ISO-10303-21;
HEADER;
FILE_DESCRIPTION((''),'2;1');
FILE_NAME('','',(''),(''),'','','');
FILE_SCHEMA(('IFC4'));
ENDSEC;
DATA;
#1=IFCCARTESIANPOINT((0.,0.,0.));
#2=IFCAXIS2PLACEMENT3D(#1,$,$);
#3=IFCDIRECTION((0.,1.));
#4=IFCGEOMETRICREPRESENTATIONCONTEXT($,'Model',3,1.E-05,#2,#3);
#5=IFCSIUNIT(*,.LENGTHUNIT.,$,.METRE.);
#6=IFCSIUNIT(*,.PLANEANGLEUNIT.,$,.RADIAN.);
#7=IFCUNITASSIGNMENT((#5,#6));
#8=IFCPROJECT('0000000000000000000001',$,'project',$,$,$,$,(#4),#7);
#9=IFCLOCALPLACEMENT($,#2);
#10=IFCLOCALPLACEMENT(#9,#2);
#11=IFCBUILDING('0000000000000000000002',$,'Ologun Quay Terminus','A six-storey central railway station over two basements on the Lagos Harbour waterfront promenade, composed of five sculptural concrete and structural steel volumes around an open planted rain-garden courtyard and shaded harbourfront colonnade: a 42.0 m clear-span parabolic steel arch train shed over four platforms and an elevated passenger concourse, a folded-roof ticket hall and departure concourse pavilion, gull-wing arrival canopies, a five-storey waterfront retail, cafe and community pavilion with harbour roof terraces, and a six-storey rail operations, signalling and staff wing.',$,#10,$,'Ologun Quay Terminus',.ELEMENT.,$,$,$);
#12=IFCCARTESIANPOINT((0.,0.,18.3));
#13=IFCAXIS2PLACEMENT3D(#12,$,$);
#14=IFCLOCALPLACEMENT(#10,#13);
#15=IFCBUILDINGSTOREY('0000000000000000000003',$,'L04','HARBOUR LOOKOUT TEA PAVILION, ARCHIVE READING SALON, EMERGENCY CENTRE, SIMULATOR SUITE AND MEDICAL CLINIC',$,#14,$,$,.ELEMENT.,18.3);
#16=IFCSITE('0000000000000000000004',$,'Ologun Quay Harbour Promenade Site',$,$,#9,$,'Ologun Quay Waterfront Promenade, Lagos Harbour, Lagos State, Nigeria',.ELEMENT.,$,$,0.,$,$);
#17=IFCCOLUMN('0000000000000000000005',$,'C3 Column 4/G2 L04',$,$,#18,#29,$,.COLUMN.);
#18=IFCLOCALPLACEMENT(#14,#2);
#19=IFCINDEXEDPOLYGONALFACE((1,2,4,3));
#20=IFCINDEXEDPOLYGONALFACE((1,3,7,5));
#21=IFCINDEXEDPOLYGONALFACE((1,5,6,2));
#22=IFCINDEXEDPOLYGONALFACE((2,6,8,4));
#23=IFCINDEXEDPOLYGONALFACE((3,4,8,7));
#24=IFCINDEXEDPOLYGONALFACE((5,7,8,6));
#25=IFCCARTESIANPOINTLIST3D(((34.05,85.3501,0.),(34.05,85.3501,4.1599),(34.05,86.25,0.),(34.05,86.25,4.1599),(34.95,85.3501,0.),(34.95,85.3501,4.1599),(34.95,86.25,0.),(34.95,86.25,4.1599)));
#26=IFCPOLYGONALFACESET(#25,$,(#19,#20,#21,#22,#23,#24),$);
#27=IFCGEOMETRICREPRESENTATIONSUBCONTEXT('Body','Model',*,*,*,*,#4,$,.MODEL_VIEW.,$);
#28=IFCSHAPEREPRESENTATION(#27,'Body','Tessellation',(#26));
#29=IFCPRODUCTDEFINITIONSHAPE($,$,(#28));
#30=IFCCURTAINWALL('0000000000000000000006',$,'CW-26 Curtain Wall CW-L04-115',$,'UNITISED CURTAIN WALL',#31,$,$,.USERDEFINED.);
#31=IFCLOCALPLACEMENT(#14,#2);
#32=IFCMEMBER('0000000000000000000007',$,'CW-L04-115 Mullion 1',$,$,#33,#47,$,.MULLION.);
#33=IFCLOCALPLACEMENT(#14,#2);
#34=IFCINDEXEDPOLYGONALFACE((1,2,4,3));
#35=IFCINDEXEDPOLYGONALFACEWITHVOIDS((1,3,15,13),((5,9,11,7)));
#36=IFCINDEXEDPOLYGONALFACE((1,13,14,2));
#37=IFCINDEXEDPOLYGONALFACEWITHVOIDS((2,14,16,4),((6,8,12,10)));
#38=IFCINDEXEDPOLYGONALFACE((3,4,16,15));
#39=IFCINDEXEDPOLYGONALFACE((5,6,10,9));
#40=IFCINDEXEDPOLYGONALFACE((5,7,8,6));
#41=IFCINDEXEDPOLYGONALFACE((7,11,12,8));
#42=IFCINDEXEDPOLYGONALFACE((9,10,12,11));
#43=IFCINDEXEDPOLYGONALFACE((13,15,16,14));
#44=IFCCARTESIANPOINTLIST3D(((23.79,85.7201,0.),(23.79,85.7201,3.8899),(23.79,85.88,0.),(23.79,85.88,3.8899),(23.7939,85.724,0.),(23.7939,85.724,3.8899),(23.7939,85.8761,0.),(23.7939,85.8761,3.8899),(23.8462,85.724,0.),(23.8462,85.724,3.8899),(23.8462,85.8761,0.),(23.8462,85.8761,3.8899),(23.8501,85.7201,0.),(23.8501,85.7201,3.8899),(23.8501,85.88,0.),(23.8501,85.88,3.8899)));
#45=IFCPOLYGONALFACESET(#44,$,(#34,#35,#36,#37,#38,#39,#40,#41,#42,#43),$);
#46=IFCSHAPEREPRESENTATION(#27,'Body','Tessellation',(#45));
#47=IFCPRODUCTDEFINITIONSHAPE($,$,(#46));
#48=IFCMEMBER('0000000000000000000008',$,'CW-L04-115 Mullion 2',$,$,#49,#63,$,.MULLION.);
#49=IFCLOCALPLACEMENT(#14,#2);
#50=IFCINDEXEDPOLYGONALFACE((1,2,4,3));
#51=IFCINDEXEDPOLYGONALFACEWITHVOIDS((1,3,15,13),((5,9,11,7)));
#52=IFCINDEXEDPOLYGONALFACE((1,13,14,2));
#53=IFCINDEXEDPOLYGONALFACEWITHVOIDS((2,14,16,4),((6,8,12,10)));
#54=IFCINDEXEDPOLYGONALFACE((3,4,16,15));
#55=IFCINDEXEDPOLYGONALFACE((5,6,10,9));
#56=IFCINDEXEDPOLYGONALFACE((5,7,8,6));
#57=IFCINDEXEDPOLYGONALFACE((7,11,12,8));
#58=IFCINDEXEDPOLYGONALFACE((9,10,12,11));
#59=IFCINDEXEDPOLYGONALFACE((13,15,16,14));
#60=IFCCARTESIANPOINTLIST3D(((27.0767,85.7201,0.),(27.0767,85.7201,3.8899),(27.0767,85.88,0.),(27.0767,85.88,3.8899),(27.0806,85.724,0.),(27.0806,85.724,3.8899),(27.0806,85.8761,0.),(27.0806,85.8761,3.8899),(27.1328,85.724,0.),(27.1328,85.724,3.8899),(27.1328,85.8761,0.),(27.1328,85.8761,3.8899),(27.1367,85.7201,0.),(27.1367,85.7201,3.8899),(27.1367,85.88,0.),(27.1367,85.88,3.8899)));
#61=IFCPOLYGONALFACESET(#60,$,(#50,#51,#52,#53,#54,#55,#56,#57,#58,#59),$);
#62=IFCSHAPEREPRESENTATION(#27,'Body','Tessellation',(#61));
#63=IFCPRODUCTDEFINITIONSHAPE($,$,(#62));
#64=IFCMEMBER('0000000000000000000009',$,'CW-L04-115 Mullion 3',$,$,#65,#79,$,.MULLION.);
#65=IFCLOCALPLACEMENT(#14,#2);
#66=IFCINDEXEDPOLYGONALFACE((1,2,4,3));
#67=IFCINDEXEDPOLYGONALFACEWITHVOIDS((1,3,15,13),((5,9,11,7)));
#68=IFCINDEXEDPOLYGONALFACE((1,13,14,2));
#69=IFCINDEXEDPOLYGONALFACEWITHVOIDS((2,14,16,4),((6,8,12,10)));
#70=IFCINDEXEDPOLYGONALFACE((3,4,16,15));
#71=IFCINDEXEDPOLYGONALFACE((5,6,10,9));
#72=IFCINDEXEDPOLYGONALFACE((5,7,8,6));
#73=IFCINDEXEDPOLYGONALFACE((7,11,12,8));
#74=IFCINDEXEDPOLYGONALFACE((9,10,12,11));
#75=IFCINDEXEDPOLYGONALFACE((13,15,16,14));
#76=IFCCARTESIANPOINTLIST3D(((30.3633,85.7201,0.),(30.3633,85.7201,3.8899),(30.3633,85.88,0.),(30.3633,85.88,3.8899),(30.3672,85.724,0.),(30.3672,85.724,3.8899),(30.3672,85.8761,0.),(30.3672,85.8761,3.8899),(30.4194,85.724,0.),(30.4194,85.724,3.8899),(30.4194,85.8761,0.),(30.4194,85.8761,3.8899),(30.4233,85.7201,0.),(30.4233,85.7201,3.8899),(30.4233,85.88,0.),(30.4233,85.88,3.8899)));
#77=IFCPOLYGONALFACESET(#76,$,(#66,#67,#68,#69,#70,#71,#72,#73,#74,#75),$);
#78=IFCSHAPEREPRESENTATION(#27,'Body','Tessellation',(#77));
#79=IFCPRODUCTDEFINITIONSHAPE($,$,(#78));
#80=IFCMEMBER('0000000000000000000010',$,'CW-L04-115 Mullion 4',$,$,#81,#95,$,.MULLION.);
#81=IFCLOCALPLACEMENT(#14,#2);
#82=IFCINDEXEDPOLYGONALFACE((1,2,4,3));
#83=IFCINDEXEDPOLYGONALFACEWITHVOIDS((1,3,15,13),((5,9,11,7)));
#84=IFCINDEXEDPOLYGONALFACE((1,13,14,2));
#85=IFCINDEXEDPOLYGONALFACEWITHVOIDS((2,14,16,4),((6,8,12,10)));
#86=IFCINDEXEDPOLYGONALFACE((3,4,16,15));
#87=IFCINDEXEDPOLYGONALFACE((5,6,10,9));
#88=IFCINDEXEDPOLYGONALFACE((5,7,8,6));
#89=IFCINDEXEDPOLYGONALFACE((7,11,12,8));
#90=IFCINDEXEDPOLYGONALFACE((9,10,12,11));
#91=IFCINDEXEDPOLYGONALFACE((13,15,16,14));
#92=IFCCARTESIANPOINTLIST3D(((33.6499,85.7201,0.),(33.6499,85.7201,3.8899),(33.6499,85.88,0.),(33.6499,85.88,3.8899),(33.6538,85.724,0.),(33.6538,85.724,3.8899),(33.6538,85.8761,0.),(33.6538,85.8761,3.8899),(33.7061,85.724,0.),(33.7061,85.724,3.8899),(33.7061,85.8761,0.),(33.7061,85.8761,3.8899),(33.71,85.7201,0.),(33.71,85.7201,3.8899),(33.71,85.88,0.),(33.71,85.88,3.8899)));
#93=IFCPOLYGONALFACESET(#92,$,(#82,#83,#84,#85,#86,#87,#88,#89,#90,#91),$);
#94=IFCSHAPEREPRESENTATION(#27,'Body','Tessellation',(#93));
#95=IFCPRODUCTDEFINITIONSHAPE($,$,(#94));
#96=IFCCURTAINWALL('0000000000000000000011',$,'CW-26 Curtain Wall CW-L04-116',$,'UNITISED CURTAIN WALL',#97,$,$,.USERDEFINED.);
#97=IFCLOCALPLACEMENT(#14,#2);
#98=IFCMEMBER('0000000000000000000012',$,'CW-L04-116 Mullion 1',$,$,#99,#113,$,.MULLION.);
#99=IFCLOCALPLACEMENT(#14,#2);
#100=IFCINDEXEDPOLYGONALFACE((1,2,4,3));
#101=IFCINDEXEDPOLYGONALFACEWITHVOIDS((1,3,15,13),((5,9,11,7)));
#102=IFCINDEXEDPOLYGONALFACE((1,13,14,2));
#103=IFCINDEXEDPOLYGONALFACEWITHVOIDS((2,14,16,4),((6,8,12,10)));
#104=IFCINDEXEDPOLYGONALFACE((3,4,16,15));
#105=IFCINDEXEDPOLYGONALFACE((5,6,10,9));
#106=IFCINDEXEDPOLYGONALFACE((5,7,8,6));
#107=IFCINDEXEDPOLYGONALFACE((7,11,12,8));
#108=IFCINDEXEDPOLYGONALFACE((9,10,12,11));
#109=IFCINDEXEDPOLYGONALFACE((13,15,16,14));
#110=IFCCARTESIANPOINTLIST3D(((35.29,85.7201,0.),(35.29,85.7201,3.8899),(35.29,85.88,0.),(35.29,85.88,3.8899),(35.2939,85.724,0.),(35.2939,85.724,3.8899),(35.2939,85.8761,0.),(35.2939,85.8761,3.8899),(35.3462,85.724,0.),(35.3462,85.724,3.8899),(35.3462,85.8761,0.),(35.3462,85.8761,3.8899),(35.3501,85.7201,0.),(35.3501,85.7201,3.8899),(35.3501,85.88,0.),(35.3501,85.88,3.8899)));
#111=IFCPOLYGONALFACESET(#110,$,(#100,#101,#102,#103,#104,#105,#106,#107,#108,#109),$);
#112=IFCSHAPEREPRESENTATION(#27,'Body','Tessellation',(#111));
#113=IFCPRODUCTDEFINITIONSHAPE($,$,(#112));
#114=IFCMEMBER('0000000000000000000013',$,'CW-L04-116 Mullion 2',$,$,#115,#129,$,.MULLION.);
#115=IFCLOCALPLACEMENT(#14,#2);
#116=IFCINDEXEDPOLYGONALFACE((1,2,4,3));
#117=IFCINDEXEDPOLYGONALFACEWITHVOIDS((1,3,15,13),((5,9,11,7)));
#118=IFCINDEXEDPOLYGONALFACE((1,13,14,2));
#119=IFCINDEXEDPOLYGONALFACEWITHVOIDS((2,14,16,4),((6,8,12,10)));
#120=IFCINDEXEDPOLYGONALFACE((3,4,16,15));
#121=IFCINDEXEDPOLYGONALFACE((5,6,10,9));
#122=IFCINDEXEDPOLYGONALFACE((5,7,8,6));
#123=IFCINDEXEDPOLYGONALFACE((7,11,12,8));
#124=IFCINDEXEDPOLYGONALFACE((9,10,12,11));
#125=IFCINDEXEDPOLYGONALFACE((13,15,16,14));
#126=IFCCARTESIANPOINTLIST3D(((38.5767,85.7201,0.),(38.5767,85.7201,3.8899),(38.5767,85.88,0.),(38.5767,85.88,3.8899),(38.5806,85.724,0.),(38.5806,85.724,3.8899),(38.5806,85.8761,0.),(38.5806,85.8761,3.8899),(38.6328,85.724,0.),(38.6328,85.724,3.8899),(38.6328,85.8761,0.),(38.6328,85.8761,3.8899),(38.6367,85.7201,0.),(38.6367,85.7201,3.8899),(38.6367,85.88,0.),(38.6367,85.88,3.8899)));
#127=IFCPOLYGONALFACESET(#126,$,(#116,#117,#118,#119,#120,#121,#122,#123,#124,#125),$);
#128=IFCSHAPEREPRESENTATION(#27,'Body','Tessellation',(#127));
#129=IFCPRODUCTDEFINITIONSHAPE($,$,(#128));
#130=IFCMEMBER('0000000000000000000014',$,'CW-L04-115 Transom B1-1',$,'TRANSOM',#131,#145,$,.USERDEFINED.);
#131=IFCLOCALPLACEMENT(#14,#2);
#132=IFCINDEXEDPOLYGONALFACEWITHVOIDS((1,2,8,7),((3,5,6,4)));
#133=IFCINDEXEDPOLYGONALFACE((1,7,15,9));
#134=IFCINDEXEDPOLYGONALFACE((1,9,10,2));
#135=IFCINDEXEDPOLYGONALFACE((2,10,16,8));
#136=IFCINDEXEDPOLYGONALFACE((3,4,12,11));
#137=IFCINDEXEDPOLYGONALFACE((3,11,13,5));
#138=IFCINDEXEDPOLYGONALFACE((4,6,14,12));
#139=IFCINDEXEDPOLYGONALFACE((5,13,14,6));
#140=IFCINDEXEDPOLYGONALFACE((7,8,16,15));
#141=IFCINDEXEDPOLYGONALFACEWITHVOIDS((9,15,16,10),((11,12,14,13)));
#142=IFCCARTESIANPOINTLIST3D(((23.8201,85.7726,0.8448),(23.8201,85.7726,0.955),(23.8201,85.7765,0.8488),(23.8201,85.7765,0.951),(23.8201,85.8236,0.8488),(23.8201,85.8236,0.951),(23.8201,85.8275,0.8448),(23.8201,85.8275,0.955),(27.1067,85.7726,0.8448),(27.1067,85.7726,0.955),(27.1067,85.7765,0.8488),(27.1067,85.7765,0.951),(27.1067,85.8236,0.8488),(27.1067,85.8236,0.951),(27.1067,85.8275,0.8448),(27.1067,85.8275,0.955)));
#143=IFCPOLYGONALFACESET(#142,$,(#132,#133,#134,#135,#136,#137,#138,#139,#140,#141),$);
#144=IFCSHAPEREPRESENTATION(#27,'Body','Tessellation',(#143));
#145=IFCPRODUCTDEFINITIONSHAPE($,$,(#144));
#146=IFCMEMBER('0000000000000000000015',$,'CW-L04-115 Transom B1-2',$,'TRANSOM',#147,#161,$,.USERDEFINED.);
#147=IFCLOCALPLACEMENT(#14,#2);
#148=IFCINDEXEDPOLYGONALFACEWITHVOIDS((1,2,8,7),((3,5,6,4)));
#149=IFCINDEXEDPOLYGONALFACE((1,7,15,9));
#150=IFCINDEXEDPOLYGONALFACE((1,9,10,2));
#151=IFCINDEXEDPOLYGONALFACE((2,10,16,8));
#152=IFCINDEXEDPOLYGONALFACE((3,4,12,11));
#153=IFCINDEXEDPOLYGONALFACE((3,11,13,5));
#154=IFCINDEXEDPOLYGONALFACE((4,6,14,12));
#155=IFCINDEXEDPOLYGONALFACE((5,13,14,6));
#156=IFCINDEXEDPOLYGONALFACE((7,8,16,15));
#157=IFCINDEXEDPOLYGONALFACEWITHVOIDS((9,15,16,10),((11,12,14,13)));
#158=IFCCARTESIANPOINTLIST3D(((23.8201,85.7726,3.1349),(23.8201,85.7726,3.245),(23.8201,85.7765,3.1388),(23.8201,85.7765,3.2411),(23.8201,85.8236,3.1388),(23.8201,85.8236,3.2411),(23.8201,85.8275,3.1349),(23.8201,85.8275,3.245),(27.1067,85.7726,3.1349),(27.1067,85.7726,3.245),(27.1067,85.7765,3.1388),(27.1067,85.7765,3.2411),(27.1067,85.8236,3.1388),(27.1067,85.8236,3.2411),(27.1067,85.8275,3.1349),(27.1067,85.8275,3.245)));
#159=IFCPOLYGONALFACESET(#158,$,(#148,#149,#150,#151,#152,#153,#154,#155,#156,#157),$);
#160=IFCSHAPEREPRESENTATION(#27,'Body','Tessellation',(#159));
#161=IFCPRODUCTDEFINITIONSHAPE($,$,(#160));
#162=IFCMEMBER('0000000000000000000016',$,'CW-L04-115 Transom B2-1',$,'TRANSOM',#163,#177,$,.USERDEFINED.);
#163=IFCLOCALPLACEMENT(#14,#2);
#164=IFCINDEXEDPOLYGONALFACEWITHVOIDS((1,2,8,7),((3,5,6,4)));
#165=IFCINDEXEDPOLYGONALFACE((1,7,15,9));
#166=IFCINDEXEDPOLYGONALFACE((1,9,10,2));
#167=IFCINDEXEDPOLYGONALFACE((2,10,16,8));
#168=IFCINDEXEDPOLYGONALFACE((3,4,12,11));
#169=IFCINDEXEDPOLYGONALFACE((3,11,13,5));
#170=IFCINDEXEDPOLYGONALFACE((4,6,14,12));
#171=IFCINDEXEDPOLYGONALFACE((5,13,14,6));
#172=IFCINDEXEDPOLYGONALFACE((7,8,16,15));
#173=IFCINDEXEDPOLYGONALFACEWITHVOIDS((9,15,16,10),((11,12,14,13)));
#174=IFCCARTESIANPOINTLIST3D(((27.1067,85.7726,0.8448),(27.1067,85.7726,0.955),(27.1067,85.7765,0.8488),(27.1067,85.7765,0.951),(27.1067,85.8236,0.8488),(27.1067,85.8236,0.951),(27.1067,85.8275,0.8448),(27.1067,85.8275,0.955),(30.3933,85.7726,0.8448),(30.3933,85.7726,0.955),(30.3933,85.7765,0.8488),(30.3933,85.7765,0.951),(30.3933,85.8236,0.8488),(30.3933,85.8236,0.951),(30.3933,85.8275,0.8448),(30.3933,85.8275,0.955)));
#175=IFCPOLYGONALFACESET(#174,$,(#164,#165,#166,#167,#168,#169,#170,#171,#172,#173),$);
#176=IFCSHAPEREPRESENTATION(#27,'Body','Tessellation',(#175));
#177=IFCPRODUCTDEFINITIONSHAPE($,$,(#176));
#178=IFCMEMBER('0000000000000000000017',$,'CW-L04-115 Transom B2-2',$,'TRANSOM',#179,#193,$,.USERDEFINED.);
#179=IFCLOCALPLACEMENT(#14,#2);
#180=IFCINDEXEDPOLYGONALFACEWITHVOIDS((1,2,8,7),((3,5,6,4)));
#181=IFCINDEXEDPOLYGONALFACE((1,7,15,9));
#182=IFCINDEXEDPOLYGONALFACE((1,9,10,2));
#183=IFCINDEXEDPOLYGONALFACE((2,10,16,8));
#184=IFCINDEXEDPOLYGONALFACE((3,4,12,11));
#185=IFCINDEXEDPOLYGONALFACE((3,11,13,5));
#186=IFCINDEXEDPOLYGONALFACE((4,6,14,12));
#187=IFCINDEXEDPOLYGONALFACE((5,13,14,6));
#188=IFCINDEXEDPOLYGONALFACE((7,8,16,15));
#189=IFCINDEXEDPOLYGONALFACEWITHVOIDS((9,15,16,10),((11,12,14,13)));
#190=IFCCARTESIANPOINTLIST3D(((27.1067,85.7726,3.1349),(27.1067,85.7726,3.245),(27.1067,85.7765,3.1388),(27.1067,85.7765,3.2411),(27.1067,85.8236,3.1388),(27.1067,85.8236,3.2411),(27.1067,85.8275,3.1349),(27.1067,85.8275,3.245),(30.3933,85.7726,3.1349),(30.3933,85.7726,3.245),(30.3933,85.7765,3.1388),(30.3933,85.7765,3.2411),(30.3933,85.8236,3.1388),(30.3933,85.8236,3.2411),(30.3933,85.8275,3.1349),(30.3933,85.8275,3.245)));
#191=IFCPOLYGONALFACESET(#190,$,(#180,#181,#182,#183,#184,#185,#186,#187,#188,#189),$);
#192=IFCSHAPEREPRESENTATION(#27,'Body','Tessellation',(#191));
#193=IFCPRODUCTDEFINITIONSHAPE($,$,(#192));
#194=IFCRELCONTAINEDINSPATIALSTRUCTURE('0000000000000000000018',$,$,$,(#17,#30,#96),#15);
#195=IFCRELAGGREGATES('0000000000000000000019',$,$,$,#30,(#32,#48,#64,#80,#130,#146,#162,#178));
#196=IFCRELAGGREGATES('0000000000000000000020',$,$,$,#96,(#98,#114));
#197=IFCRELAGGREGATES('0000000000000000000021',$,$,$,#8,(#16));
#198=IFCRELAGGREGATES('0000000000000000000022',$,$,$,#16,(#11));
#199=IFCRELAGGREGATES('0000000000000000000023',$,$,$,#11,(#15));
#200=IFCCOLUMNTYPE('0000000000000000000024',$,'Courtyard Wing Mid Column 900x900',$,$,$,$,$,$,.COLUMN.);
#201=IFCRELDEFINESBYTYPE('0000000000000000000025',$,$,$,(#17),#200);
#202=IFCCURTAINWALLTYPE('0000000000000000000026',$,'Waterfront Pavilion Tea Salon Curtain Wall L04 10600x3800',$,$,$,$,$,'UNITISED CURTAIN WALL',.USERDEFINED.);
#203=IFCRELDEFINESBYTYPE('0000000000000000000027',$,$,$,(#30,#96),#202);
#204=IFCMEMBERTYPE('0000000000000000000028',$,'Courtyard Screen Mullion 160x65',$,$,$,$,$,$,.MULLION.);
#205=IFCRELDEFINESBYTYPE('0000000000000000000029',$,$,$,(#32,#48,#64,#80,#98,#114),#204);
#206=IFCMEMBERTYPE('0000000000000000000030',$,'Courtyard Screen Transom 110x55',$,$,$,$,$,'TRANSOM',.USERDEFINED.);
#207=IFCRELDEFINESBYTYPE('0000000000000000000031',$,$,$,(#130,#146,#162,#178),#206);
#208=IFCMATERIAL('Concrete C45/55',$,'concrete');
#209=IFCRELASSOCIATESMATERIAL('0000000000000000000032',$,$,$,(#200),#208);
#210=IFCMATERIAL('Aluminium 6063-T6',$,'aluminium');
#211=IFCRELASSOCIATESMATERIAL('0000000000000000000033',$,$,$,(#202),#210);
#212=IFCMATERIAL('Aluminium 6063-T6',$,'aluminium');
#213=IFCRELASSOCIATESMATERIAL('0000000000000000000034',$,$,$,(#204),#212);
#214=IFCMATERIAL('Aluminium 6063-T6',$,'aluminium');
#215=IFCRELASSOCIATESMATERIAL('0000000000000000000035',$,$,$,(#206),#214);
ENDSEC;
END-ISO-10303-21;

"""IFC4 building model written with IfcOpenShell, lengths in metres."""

from ifc_helpers import new_model, si_unit, direction, frame, origin, origin_2d, place, context, subcontext, project, spatial, rectangle, hollow_rectangle, extrude, material, material_profile, profile_set, type_object, element, aggregate, save


model = new_model("IFC4")

# Units and contexts
model_context = context("Model", 3, precision=1e-05, world=origin(), true_north=direction((0.0, 1.0)))
body_context = subcontext(model_context, "Body", "Model", "MODEL_VIEW")
ifc_project = project(units=[si_unit("LENGTHUNIT", "METRE"), si_unit("PLANEANGLEUNIT", "RADIAN")], contexts=[model_context])

# Site, building, storey
site_placement = place(None, origin())
site = spatial("IfcSite", under=ifc_project, at=site_placement, Name="Ologun Quay Harbour Promenade Site", LongName="Ologun Quay Waterfront Promenade, Lagos Harbour, Lagos State, Nigeria", CompositionType="ELEMENT", RefElevation=0.0)
building_placement = place(site_placement, origin())
building = spatial("IfcBuilding", under=site, at=building_placement, Name="Ologun Quay Terminus", Description="A six-storey central railway station over two basements on the Lagos Harbour waterfront promenade, composed of five sculptural concrete and structural steel volumes around an open planted rain-garden courtyard and shaded harbourfront colonnade: a 42.0 m clear-span parabolic steel arch train shed over four platforms and an elevated passenger concourse, a folded-roof ticket hall and departure concourse pavilion, gull-wing arrival canopies, a five-storey waterfront retail, cafe and community pavilion with harbour roof terraces, and a six-storey rail operations, signalling and staff wing.", LongName="Ologun Quay Terminus", CompositionType="ELEMENT")
storey_placement = place(building_placement, frame((0.0, 0.0, 18.3)))
storey = spatial("IfcBuildingStorey", under=building, at=storey_placement, Name="L04", Description="HARBOUR LOOKOUT TEA PAVILION, ARCHIVE READING SALON, EMERGENCY CENTRE, SIMULATOR SUITE AND MEDICAL CLINIC", CompositionType="ELEMENT", Elevation=18.3)

# Column
ifc_material_1 = material(Name="Concrete C45/55", Category="concrete")
ifc_material_profile_1 = material_profile(ifc_material_1, rectangle(XDim=0.8999, YDim=0.8999, at=origin_2d()), Name="RC 900x900")
ifc_profile_set_1 = profile_set([ifc_material_profile_1], Name="Concrete C45/55")
column_type = type_object("IfcColumnType", Name="Courtyard Wing Mid Column 900x900", PredefinedType="COLUMN", material=ifc_profile_set_1)
column_placement = place(storey_placement, frame((34.5, 85.8, 0.0), z_axis=(0.0, 0.0, 1.0), x_axis=(1.0, 0.0, 0.0)))
element("IfcColumn", 1, at=column_placement, inside=storey, type_object=column_type, Name="C3 Column 4/G2 L04", PredefinedType="COLUMN", context=body_context, shape_type="SweptSolid", body=[
    extrude(rectangle(XDim=0.8999, YDim=0.8999, at=origin_2d()), origin(), (0.0, 0.0, 1.0), 4.1599),
])

# Curtain walls, members
ifc_material_2 = material(Name="Aluminium 6063-T6", Category="aluminium")
curtain_wall_type = type_object("IfcCurtainWallType", Name="Waterfront Pavilion Tea Salon Curtain Wall L04 10600x3800", ElementType="UNITISED CURTAIN WALL", PredefinedType="USERDEFINED", material=ifc_material_2)
curtain_wall_1_placement = place(storey_placement, origin())
curtain_wall_1 = element("IfcCurtainWall", 2, at=curtain_wall_1_placement, inside=storey, type_object=curtain_wall_type, Name="CW-26 Curtain Wall CW-L04-115", ObjectType="UNITISED CURTAIN WALL", PredefinedType="USERDEFINED")
ifc_material_3 = material(Name="Aluminium 6063-T6", Category="aluminium")
ifc_material_profile_2 = material_profile(ifc_material_3, hollow_rectangle(XDim=0.0601, YDim=0.1599, WallThickness=0.0039, at=origin_2d()), Name="ALU 160x60x4")
ifc_profile_set_2 = profile_set([ifc_material_profile_2], Name="Aluminium 6063-T6")
member_type_1 = type_object("IfcMemberType", Name="Courtyard Screen Mullion 160x65", PredefinedType="MULLION", material=ifc_profile_set_2)
member_1_placement = place(storey_placement, frame((23.8201, 85.8, 0.0), z_axis=(0.0, 0.0, 1.0), x_axis=(1.0, 0.0, 0.0)))
member_1 = element("IfcMember", 3, at=member_1_placement, type_object=member_type_1, Name="CW-L04-115 Mullion 1", PredefinedType="MULLION", context=body_context, shape_type="SweptSolid", body=[
    extrude(hollow_rectangle(XDim=0.0601, YDim=0.1599, WallThickness=0.0039, at=origin_2d()), origin(), (0.0, 0.0, 1.0), 3.8899),
])
member_2_placement = place(storey_placement, frame((27.1067, 85.8, 0.0), z_axis=(0.0, 0.0, 1.0), x_axis=(1.0, 0.0, 0.0)))
member_2 = element("IfcMember", 4, at=member_2_placement, type_object=member_type_1, Name="CW-L04-115 Mullion 2", PredefinedType="MULLION", context=body_context, shape_type="SweptSolid", body=[
    extrude(hollow_rectangle(XDim=0.0601, YDim=0.1599, WallThickness=0.0039, at=origin_2d()), origin(), (0.0, 0.0, 1.0), 3.8899),
])
member_3_placement = place(storey_placement, frame((30.3933, 85.8, 0.0), z_axis=(0.0, 0.0, 1.0), x_axis=(1.0, 0.0, 0.0)))
member_3 = element("IfcMember", 5, at=member_3_placement, type_object=member_type_1, Name="CW-L04-115 Mullion 3", PredefinedType="MULLION", context=body_context, shape_type="SweptSolid", body=[
    extrude(hollow_rectangle(XDim=0.0601, YDim=0.1599, WallThickness=0.0039, at=origin_2d()), origin(), (0.0, 0.0, 1.0), 3.8899),
])
member_4_placement = place(storey_placement, frame((33.6799, 85.8, 0.0), z_axis=(0.0, 0.0, 1.0), x_axis=(1.0, 0.0, 0.0)))
member_4 = element("IfcMember", 6, at=member_4_placement, type_object=member_type_1, Name="CW-L04-115 Mullion 4", PredefinedType="MULLION", context=body_context, shape_type="SweptSolid", body=[
    extrude(hollow_rectangle(XDim=0.0601, YDim=0.1599, WallThickness=0.0039, at=origin_2d()), origin(), (0.0, 0.0, 1.0), 3.8899),
])
curtain_wall_2_placement = place(storey_placement, origin())
curtain_wall_2 = element("IfcCurtainWall", 7, at=curtain_wall_2_placement, inside=storey, type_object=curtain_wall_type, Name="CW-26 Curtain Wall CW-L04-116", ObjectType="UNITISED CURTAIN WALL", PredefinedType="USERDEFINED")
member_5_placement = place(storey_placement, frame((35.3201, 85.8, 0.0), z_axis=(0.0, 0.0, 1.0), x_axis=(1.0, 0.0, 0.0)))
member_5 = element("IfcMember", 8, at=member_5_placement, type_object=member_type_1, Name="CW-L04-116 Mullion 1", PredefinedType="MULLION", context=body_context, shape_type="SweptSolid", body=[
    extrude(hollow_rectangle(XDim=0.0601, YDim=0.1599, WallThickness=0.0039, at=origin_2d()), origin(), (0.0, 0.0, 1.0), 3.8899),
])
member_6_placement = place(storey_placement, frame((38.6067, 85.8, 0.0), z_axis=(0.0, 0.0, 1.0), x_axis=(1.0, 0.0, 0.0)))
member_6 = element("IfcMember", 9, at=member_6_placement, type_object=member_type_1, Name="CW-L04-116 Mullion 2", PredefinedType="MULLION", context=body_context, shape_type="SweptSolid", body=[
    extrude(hollow_rectangle(XDim=0.0601, YDim=0.1599, WallThickness=0.0039, at=origin_2d()), origin(), (0.0, 0.0, 1.0), 3.8899),
])

# Members
ifc_material_4 = material(Name="Aluminium 6063-T6", Category="aluminium")
ifc_material_profile_3 = material_profile(ifc_material_4, hollow_rectangle(XDim=0.0549, YDim=0.1101, WallThickness=0.0039, at=origin_2d()), Name="ALU 110x55x4")
ifc_profile_set_3 = profile_set([ifc_material_profile_3], Name="Aluminium 6063-T6")
member_type_2 = type_object("IfcMemberType", Name="Courtyard Screen Transom 110x55", ElementType="TRANSOM", PredefinedType="USERDEFINED", material=ifc_profile_set_3)
member_7_placement = place(storey_placement, frame((23.8201, 85.8, 0.8999), z_axis=(1.0, 0.0, 0.0), x_axis=(0.0, 1.0, 0.0)))
member_7 = element("IfcMember", 10, at=member_7_placement, type_object=member_type_2, Name="CW-L04-115 Transom B1-1", ObjectType="TRANSOM", PredefinedType="USERDEFINED", context=body_context, shape_type="SweptSolid", body=[
    extrude(hollow_rectangle(XDim=0.0549, YDim=0.1101, WallThickness=0.0039, at=origin_2d()), origin(), (0.0, 0.0, 1.0), 3.2866),
])
member_8_placement = place(storey_placement, frame((23.8201, 85.8, 3.1899), z_axis=(1.0, 0.0, 0.0), x_axis=(0.0, 1.0, 0.0)))
member_8 = element("IfcMember", 11, at=member_8_placement, type_object=member_type_2, Name="CW-L04-115 Transom B1-2", ObjectType="TRANSOM", PredefinedType="USERDEFINED", context=body_context, shape_type="SweptSolid", body=[
    extrude(hollow_rectangle(XDim=0.0549, YDim=0.1101, WallThickness=0.0039, at=origin_2d()), origin(), (0.0, 0.0, 1.0), 3.2866),
])
member_9_placement = place(storey_placement, frame((27.1067, 85.8, 0.8999), z_axis=(1.0, 0.0, 0.0), x_axis=(0.0, 1.0, 0.0)))
member_9 = element("IfcMember", 12, at=member_9_placement, type_object=member_type_2, Name="CW-L04-115 Transom B2-1", ObjectType="TRANSOM", PredefinedType="USERDEFINED", context=body_context, shape_type="SweptSolid", body=[
    extrude(hollow_rectangle(XDim=0.0549, YDim=0.1101, WallThickness=0.0039, at=origin_2d()), origin(), (0.0, 0.0, 1.0), 3.2866),
])
member_10_placement = place(storey_placement, frame((27.1067, 85.8, 3.1899), z_axis=(1.0, 0.0, 0.0), x_axis=(0.0, 1.0, 0.0)))
member_10 = element("IfcMember", 13, at=member_10_placement, type_object=member_type_2, Name="CW-L04-115 Transom B2-2", ObjectType="TRANSOM", PredefinedType="USERDEFINED", context=body_context, shape_type="SweptSolid", body=[
    extrude(hollow_rectangle(XDim=0.0549, YDim=0.1101, WallThickness=0.0039, at=origin_2d()), origin(), (0.0, 0.0, 1.0), 3.2866),
])

aggregate(curtain_wall_1, [member_1, member_2, member_3, member_4, member_7, member_8, member_9, member_10])
aggregate(curtain_wall_2, [member_5, member_6])

save(model, "model.ifc")
